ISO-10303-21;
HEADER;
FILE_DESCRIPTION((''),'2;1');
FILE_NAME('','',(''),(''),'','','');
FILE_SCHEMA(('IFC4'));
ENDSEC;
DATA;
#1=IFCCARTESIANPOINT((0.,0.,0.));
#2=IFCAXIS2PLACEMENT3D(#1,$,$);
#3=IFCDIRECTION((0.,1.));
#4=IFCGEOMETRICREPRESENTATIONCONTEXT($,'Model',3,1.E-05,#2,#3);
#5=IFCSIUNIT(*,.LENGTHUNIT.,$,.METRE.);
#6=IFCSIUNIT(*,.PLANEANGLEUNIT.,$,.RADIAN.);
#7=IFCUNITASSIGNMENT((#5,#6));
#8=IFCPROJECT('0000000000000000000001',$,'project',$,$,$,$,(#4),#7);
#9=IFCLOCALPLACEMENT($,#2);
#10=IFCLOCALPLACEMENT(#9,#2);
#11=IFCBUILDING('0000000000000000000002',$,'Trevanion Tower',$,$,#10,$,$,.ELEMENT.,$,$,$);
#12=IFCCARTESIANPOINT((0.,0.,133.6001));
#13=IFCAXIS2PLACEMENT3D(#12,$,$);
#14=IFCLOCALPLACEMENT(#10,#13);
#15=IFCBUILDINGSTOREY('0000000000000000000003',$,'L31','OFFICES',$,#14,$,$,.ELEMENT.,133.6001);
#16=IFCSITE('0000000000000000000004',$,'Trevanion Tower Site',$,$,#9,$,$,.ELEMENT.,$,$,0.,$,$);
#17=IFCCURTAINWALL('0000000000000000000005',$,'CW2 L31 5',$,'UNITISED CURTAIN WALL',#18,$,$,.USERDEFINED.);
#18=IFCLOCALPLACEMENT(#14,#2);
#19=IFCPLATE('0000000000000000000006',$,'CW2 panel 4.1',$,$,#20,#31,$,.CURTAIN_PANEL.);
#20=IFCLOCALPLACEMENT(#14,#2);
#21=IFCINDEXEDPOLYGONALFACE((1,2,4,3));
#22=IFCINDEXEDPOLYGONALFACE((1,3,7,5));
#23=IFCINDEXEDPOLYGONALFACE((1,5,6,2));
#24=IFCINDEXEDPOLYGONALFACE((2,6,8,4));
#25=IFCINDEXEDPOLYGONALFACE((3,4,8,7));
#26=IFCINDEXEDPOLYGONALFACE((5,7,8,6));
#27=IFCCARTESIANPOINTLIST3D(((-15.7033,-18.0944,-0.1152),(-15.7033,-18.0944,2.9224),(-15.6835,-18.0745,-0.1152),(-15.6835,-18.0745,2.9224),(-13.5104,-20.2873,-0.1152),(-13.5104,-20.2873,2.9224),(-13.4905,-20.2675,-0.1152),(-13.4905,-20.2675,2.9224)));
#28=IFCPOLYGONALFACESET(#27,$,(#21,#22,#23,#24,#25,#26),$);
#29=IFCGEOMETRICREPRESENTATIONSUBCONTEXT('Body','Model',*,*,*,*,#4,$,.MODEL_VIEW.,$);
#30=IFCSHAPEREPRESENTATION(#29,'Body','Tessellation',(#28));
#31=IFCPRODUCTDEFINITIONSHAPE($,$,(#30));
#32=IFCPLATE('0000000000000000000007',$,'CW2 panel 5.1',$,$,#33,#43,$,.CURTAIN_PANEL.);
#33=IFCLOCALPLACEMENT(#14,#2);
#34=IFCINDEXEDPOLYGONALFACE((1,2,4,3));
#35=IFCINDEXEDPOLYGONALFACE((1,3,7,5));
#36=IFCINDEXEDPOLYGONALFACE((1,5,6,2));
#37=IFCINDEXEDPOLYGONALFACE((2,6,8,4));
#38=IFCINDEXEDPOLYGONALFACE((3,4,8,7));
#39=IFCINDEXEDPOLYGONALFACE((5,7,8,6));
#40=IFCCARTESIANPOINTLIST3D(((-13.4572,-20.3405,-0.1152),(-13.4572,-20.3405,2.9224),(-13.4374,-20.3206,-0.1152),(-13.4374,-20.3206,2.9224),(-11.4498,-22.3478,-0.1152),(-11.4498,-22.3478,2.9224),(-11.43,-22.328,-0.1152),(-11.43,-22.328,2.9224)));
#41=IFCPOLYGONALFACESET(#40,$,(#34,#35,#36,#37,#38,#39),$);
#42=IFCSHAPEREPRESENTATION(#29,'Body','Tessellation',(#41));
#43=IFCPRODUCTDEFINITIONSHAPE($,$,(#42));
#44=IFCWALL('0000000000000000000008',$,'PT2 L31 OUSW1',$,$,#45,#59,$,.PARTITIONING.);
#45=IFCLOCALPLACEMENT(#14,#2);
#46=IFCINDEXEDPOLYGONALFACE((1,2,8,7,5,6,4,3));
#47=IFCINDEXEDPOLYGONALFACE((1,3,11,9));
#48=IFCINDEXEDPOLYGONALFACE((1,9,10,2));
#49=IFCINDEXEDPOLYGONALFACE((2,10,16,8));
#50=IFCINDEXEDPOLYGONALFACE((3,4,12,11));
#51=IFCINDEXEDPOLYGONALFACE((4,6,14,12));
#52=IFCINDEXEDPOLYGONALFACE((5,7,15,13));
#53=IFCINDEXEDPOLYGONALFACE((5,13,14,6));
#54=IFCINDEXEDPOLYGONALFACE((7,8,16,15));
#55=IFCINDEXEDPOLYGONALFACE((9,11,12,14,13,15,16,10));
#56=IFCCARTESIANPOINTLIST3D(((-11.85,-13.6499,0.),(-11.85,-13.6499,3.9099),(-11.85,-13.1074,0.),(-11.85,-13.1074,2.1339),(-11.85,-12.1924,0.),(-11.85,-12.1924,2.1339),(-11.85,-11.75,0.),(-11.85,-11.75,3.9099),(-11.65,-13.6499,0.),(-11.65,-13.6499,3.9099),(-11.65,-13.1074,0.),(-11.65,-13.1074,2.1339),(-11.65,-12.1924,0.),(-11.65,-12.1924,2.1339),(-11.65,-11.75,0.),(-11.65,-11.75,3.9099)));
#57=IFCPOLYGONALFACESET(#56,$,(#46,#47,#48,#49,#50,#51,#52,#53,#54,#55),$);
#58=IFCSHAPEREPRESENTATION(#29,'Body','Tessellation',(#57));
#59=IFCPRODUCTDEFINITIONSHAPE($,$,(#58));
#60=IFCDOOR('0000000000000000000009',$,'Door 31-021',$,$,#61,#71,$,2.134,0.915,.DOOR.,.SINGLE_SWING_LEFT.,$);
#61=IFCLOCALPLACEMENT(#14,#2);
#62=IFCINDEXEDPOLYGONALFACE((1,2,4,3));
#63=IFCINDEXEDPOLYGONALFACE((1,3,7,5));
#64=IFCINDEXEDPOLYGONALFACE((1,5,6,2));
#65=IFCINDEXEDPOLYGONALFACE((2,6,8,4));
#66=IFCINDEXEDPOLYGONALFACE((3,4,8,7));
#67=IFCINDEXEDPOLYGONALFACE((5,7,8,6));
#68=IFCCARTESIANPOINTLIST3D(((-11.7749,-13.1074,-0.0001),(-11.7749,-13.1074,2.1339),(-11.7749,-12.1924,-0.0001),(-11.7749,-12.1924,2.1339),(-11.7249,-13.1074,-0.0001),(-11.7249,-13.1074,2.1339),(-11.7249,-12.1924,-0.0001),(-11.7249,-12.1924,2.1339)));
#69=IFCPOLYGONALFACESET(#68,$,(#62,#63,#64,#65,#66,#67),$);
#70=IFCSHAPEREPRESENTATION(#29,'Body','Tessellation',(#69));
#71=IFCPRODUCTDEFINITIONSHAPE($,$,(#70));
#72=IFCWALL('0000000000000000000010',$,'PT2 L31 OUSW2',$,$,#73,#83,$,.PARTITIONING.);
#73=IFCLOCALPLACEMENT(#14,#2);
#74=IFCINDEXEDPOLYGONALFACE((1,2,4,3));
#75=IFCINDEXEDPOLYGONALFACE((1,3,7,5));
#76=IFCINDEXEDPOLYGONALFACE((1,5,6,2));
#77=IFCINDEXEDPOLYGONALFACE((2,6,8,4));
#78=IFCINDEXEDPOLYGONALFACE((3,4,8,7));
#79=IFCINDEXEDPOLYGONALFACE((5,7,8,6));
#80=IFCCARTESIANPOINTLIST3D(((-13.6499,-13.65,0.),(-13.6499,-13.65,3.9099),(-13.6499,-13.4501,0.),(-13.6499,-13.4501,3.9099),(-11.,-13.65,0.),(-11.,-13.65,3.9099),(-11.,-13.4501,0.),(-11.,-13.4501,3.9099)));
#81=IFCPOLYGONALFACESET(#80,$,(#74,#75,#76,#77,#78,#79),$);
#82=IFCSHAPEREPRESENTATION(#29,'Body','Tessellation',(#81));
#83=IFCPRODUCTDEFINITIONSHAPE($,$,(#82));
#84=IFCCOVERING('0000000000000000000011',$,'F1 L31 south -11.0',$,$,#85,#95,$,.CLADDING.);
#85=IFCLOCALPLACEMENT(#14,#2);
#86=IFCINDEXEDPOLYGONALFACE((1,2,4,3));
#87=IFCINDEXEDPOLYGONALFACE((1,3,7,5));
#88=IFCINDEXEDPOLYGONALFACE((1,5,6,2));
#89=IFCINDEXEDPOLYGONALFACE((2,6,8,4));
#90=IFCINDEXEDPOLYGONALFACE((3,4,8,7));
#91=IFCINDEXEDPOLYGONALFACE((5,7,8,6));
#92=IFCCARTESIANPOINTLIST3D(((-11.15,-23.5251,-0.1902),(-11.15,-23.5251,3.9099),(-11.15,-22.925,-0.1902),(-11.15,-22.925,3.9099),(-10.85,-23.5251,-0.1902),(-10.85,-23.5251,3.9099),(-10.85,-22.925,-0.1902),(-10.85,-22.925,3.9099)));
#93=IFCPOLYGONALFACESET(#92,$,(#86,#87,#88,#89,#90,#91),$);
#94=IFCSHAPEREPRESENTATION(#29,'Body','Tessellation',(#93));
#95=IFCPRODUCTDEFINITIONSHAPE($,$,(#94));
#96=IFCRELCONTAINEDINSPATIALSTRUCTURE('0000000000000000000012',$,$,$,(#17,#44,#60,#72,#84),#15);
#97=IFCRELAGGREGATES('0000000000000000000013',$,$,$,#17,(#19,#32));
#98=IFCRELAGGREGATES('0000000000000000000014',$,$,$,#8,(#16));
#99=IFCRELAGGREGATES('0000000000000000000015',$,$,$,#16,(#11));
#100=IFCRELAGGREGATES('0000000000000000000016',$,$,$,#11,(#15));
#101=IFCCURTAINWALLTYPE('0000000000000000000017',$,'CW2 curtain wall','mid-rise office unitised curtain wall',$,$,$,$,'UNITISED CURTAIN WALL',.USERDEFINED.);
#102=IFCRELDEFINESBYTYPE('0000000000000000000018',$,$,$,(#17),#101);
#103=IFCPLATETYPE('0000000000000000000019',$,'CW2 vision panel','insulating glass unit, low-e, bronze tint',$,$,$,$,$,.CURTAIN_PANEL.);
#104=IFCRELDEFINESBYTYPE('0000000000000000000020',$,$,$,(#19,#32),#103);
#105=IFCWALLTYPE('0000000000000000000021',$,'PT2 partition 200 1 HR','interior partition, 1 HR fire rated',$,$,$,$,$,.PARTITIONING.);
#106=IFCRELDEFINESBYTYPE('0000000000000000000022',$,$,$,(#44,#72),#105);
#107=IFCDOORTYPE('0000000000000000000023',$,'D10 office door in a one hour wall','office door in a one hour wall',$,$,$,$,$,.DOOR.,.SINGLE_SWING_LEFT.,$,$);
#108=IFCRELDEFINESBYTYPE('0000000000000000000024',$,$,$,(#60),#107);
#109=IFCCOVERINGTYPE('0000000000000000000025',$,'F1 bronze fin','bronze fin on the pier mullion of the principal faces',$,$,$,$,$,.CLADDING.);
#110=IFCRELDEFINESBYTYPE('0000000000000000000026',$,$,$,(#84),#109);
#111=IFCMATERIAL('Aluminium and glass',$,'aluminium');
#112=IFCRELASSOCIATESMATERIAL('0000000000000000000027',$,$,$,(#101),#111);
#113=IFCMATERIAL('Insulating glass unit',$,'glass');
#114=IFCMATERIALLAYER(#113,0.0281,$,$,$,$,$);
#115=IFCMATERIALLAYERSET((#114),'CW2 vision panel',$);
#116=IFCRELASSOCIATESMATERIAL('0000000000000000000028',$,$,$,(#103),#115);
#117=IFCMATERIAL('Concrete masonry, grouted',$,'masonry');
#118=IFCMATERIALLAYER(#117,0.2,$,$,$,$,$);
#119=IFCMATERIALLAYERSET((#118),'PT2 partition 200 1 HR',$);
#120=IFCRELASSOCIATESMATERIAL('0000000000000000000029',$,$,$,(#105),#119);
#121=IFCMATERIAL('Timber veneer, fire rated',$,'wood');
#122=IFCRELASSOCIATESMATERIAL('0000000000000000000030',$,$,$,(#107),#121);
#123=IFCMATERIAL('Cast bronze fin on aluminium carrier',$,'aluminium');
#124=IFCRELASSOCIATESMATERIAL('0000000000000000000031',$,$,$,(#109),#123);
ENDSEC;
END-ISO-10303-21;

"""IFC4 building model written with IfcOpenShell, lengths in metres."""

from ifc_helpers import new_model, si_unit, direction, frame, frame_2d, origin, origin_2d, place, context, subcontext, project, spatial, rectangle, extrude, material, layer, layer_set, type_object, element, fill, aggregate, save


model = new_model("IFC4")

# Units and contexts
model_context = context("Model", 3, precision=1e-05, world=origin(), true_north=direction((0.0, 1.0)))
body_context = subcontext(model_context, "Body", "Model", "MODEL_VIEW")
ifc_project = project(units=[si_unit("LENGTHUNIT", "METRE"), si_unit("PLANEANGLEUNIT", "RADIAN")], contexts=[model_context])

# Site, building, storey
site_placement = place(None, origin())
site = spatial("IfcSite", under=ifc_project, at=site_placement, Name="Trevanion Tower Site", CompositionType="ELEMENT", RefElevation=0.0)
building_placement = place(site_placement, origin())
building = spatial("IfcBuilding", under=site, at=building_placement, Name="Trevanion Tower", CompositionType="ELEMENT")
storey_placement = place(building_placement, frame((0.0, 0.0, 133.6001)))
storey = spatial("IfcBuildingStorey", under=building, at=storey_placement, Name="L31", Description="OFFICES", CompositionType="ELEMENT", Elevation=133.6001)

# Curtain wall
ifc_material_1 = material(Name="Aluminium and glass", Category="aluminium")
curtain_wall_type = type_object("IfcCurtainWallType", Name="CW2 curtain wall", Description="mid-rise office unitised curtain wall", ElementType="UNITISED CURTAIN WALL", PredefinedType="USERDEFINED", material=ifc_material_1)
curtain_wall_placement = place(storey_placement, origin())
curtain_wall = element("IfcCurtainWall", 1, at=curtain_wall_placement, inside=storey, type_object=curtain_wall_type, Name="CW2 L31 5", ObjectType="UNITISED CURTAIN WALL", PredefinedType="USERDEFINED")

# Plates
ifc_material_2 = material(Name="Insulating glass unit", Category="glass")
ifc_layer_1 = layer(ifc_material_2, 0.0281)
ifc_layer_set_1 = layer_set([ifc_layer_1], Name="CW2 vision panel")
plate_type_1 = type_object("IfcPlateType", Name="CW2 vision panel", Description="insulating glass unit, low-e, bronze tint", PredefinedType="CURTAIN_PANEL", material=ifc_layer_set_1)
plate_1_placement = place(storey_placement, frame((-14.5969, -19.1809, -0.1152), z_axis=(0.0, 0.0, 1.0), x_axis=(0.707107, -0.707107, 0.0)))
plate_1 = element("IfcPlate", 2, at=plate_1_placement, type_object=plate_type_1, Name="CW2 panel 4.1", PredefinedType="CURTAIN_PANEL", context=body_context, shape_type="SweptSolid", body=[
    extrude(rectangle(XDim=3.1013, YDim=0.0281, at=origin_2d()), origin(), (0.0, 0.0, 1.0), 3.0376),
])
plate_2_placement = place(storey_placement, frame((-12.4436, -21.3342, -0.1152), z_axis=(0.0, 0.0, 1.0), x_axis=(0.707107, -0.707107, 0.0)))
plate_2 = element("IfcPlate", 3, at=plate_2_placement, type_object=plate_type_1, Name="CW2 panel 5.1", PredefinedType="CURTAIN_PANEL", context=body_context, shape_type="SweptSolid", body=[
    extrude(rectangle(XDim=2.8389, YDim=0.0281, at=origin_2d()), origin(), (0.0, 0.0, 1.0), 3.0376),
])
aggregate(curtain_wall, [plate_1, plate_2])

# Wall, opening, door
ifc_material_3 = material(Name="Concrete masonry, grouted", Category="masonry")
ifc_layer_2 = layer(ifc_material_3, 0.2)
ifc_layer_set_2 = layer_set([ifc_layer_2], Name="PT2 partition 200 1 HR")
wall_type = type_object("IfcWallType", Name="PT2 partition 200 1 HR", Description="interior partition, 1 HR fire rated", PredefinedType="PARTITIONING", material=ifc_layer_set_2)
wall_1_placement = place(storey_placement, frame((-11.75, -11.75, 0.0), z_axis=(0.0, 0.0, 1.0), x_axis=(0.0, -1.0, 0.0)))
wall_1 = element("IfcWall", 4, at=wall_1_placement, inside=storey, type_object=wall_type, Name="PT2 L31 OUSW1", PredefinedType="PARTITIONING", context=body_context, shape_type="SweptSolid", body=[
    extrude(rectangle(XDim=1.8999, YDim=0.2, at=frame_2d((0.95, 0.0))), origin(), (0.0, 0.0, 1.0), 3.9099),
])
opening_placement = place(wall_1_placement, frame((0.4424, 0.0, 0.0)))
opening = element("IfcOpeningElement", 5, at=opening_placement, cuts=wall_1, PredefinedType="OPENING", context=body_context, shape_type="SweptSolid", body=[
    extrude(rectangle(XDim=0.915, YDim=2.134, at=frame_2d((0.4575, 1.0669))), frame((0.0, 0.1099, 0.0), z_axis=(0.0, -1.0, 0.0), x_axis=(1.0, 0.0, 0.0)), (0.0, 0.0, 1.0), 0.22),
])
ifc_material_4 = material(Name="Timber veneer, fire rated", Category="wood")
door_type = type_object("IfcDoorType", Name="D10 office door in a one hour wall", Description="office door in a one hour wall", OperationType="SINGLE_SWING_LEFT", PredefinedType="DOOR", material=ifc_material_4)
door_placement = place(opening_placement, frame((0.915, 0.0, 0.0), z_axis=(0.0, 0.0, 1.0), x_axis=(-1.0, 0.0, 0.0)))
door = element("IfcDoor", 6, at=door_placement, inside=storey, type_object=door_type, Name="Door 31-021", OperationType="SINGLE_SWING_LEFT", OverallHeight=2.134, OverallWidth=0.915, PredefinedType="DOOR", context=body_context, shape_type="SweptSolid", body=[
    extrude(rectangle(XDim=0.915, YDim=2.134, at=frame_2d((0.4575, 1.0669))), frame((0.0, 0.0249, 0.0), z_axis=(0.0, -1.0, 0.0), x_axis=(1.0, 0.0, 0.0)), (0.0, 0.0, 1.0), 0.05),
])
fill(opening, door)

# Wall
wall_2_placement = place(storey_placement, frame((-11.0, -13.55, 0.0), z_axis=(0.0, 0.0, 1.0), x_axis=(-1.0, 0.0, 0.0)))
element("IfcWall", 7, at=wall_2_placement, inside=storey, type_object=wall_type, Name="PT2 L31 OUSW2", PredefinedType="PARTITIONING", context=body_context, shape_type="SweptSolid", body=[
    extrude(rectangle(XDim=2.6499, YDim=0.2, at=frame_2d((1.325, 0.0))), origin(), (0.0, 0.0, 1.0), 3.9099),
])

# Covering
ifc_material_5 = material(Name="Cast bronze fin on aluminium carrier", Category="aluminium")
covering_type = type_object("IfcCoveringType", Name="F1 bronze fin", Description="bronze fin on the pier mullion of the principal faces", PredefinedType="CLADDING", material=ifc_material_5)
covering_placement = place(storey_placement, frame((-11.0, -23.2251, -0.1902), z_axis=(0.0, 0.0, 1.0), x_axis=(1.0, 0.0, 0.0)))
element("IfcCovering", 8, at=covering_placement, inside=storey, type_object=covering_type, Name="F1 L31 south -11.0", PredefinedType="CLADDING", context=body_context, shape_type="SweptSolid", body=[
    extrude(rectangle(XDim=0.3, YDim=0.6001, at=origin_2d()), origin(), (0.0, 0.0, 1.0), 4.1001),
])

save(model, "model.ifc")
